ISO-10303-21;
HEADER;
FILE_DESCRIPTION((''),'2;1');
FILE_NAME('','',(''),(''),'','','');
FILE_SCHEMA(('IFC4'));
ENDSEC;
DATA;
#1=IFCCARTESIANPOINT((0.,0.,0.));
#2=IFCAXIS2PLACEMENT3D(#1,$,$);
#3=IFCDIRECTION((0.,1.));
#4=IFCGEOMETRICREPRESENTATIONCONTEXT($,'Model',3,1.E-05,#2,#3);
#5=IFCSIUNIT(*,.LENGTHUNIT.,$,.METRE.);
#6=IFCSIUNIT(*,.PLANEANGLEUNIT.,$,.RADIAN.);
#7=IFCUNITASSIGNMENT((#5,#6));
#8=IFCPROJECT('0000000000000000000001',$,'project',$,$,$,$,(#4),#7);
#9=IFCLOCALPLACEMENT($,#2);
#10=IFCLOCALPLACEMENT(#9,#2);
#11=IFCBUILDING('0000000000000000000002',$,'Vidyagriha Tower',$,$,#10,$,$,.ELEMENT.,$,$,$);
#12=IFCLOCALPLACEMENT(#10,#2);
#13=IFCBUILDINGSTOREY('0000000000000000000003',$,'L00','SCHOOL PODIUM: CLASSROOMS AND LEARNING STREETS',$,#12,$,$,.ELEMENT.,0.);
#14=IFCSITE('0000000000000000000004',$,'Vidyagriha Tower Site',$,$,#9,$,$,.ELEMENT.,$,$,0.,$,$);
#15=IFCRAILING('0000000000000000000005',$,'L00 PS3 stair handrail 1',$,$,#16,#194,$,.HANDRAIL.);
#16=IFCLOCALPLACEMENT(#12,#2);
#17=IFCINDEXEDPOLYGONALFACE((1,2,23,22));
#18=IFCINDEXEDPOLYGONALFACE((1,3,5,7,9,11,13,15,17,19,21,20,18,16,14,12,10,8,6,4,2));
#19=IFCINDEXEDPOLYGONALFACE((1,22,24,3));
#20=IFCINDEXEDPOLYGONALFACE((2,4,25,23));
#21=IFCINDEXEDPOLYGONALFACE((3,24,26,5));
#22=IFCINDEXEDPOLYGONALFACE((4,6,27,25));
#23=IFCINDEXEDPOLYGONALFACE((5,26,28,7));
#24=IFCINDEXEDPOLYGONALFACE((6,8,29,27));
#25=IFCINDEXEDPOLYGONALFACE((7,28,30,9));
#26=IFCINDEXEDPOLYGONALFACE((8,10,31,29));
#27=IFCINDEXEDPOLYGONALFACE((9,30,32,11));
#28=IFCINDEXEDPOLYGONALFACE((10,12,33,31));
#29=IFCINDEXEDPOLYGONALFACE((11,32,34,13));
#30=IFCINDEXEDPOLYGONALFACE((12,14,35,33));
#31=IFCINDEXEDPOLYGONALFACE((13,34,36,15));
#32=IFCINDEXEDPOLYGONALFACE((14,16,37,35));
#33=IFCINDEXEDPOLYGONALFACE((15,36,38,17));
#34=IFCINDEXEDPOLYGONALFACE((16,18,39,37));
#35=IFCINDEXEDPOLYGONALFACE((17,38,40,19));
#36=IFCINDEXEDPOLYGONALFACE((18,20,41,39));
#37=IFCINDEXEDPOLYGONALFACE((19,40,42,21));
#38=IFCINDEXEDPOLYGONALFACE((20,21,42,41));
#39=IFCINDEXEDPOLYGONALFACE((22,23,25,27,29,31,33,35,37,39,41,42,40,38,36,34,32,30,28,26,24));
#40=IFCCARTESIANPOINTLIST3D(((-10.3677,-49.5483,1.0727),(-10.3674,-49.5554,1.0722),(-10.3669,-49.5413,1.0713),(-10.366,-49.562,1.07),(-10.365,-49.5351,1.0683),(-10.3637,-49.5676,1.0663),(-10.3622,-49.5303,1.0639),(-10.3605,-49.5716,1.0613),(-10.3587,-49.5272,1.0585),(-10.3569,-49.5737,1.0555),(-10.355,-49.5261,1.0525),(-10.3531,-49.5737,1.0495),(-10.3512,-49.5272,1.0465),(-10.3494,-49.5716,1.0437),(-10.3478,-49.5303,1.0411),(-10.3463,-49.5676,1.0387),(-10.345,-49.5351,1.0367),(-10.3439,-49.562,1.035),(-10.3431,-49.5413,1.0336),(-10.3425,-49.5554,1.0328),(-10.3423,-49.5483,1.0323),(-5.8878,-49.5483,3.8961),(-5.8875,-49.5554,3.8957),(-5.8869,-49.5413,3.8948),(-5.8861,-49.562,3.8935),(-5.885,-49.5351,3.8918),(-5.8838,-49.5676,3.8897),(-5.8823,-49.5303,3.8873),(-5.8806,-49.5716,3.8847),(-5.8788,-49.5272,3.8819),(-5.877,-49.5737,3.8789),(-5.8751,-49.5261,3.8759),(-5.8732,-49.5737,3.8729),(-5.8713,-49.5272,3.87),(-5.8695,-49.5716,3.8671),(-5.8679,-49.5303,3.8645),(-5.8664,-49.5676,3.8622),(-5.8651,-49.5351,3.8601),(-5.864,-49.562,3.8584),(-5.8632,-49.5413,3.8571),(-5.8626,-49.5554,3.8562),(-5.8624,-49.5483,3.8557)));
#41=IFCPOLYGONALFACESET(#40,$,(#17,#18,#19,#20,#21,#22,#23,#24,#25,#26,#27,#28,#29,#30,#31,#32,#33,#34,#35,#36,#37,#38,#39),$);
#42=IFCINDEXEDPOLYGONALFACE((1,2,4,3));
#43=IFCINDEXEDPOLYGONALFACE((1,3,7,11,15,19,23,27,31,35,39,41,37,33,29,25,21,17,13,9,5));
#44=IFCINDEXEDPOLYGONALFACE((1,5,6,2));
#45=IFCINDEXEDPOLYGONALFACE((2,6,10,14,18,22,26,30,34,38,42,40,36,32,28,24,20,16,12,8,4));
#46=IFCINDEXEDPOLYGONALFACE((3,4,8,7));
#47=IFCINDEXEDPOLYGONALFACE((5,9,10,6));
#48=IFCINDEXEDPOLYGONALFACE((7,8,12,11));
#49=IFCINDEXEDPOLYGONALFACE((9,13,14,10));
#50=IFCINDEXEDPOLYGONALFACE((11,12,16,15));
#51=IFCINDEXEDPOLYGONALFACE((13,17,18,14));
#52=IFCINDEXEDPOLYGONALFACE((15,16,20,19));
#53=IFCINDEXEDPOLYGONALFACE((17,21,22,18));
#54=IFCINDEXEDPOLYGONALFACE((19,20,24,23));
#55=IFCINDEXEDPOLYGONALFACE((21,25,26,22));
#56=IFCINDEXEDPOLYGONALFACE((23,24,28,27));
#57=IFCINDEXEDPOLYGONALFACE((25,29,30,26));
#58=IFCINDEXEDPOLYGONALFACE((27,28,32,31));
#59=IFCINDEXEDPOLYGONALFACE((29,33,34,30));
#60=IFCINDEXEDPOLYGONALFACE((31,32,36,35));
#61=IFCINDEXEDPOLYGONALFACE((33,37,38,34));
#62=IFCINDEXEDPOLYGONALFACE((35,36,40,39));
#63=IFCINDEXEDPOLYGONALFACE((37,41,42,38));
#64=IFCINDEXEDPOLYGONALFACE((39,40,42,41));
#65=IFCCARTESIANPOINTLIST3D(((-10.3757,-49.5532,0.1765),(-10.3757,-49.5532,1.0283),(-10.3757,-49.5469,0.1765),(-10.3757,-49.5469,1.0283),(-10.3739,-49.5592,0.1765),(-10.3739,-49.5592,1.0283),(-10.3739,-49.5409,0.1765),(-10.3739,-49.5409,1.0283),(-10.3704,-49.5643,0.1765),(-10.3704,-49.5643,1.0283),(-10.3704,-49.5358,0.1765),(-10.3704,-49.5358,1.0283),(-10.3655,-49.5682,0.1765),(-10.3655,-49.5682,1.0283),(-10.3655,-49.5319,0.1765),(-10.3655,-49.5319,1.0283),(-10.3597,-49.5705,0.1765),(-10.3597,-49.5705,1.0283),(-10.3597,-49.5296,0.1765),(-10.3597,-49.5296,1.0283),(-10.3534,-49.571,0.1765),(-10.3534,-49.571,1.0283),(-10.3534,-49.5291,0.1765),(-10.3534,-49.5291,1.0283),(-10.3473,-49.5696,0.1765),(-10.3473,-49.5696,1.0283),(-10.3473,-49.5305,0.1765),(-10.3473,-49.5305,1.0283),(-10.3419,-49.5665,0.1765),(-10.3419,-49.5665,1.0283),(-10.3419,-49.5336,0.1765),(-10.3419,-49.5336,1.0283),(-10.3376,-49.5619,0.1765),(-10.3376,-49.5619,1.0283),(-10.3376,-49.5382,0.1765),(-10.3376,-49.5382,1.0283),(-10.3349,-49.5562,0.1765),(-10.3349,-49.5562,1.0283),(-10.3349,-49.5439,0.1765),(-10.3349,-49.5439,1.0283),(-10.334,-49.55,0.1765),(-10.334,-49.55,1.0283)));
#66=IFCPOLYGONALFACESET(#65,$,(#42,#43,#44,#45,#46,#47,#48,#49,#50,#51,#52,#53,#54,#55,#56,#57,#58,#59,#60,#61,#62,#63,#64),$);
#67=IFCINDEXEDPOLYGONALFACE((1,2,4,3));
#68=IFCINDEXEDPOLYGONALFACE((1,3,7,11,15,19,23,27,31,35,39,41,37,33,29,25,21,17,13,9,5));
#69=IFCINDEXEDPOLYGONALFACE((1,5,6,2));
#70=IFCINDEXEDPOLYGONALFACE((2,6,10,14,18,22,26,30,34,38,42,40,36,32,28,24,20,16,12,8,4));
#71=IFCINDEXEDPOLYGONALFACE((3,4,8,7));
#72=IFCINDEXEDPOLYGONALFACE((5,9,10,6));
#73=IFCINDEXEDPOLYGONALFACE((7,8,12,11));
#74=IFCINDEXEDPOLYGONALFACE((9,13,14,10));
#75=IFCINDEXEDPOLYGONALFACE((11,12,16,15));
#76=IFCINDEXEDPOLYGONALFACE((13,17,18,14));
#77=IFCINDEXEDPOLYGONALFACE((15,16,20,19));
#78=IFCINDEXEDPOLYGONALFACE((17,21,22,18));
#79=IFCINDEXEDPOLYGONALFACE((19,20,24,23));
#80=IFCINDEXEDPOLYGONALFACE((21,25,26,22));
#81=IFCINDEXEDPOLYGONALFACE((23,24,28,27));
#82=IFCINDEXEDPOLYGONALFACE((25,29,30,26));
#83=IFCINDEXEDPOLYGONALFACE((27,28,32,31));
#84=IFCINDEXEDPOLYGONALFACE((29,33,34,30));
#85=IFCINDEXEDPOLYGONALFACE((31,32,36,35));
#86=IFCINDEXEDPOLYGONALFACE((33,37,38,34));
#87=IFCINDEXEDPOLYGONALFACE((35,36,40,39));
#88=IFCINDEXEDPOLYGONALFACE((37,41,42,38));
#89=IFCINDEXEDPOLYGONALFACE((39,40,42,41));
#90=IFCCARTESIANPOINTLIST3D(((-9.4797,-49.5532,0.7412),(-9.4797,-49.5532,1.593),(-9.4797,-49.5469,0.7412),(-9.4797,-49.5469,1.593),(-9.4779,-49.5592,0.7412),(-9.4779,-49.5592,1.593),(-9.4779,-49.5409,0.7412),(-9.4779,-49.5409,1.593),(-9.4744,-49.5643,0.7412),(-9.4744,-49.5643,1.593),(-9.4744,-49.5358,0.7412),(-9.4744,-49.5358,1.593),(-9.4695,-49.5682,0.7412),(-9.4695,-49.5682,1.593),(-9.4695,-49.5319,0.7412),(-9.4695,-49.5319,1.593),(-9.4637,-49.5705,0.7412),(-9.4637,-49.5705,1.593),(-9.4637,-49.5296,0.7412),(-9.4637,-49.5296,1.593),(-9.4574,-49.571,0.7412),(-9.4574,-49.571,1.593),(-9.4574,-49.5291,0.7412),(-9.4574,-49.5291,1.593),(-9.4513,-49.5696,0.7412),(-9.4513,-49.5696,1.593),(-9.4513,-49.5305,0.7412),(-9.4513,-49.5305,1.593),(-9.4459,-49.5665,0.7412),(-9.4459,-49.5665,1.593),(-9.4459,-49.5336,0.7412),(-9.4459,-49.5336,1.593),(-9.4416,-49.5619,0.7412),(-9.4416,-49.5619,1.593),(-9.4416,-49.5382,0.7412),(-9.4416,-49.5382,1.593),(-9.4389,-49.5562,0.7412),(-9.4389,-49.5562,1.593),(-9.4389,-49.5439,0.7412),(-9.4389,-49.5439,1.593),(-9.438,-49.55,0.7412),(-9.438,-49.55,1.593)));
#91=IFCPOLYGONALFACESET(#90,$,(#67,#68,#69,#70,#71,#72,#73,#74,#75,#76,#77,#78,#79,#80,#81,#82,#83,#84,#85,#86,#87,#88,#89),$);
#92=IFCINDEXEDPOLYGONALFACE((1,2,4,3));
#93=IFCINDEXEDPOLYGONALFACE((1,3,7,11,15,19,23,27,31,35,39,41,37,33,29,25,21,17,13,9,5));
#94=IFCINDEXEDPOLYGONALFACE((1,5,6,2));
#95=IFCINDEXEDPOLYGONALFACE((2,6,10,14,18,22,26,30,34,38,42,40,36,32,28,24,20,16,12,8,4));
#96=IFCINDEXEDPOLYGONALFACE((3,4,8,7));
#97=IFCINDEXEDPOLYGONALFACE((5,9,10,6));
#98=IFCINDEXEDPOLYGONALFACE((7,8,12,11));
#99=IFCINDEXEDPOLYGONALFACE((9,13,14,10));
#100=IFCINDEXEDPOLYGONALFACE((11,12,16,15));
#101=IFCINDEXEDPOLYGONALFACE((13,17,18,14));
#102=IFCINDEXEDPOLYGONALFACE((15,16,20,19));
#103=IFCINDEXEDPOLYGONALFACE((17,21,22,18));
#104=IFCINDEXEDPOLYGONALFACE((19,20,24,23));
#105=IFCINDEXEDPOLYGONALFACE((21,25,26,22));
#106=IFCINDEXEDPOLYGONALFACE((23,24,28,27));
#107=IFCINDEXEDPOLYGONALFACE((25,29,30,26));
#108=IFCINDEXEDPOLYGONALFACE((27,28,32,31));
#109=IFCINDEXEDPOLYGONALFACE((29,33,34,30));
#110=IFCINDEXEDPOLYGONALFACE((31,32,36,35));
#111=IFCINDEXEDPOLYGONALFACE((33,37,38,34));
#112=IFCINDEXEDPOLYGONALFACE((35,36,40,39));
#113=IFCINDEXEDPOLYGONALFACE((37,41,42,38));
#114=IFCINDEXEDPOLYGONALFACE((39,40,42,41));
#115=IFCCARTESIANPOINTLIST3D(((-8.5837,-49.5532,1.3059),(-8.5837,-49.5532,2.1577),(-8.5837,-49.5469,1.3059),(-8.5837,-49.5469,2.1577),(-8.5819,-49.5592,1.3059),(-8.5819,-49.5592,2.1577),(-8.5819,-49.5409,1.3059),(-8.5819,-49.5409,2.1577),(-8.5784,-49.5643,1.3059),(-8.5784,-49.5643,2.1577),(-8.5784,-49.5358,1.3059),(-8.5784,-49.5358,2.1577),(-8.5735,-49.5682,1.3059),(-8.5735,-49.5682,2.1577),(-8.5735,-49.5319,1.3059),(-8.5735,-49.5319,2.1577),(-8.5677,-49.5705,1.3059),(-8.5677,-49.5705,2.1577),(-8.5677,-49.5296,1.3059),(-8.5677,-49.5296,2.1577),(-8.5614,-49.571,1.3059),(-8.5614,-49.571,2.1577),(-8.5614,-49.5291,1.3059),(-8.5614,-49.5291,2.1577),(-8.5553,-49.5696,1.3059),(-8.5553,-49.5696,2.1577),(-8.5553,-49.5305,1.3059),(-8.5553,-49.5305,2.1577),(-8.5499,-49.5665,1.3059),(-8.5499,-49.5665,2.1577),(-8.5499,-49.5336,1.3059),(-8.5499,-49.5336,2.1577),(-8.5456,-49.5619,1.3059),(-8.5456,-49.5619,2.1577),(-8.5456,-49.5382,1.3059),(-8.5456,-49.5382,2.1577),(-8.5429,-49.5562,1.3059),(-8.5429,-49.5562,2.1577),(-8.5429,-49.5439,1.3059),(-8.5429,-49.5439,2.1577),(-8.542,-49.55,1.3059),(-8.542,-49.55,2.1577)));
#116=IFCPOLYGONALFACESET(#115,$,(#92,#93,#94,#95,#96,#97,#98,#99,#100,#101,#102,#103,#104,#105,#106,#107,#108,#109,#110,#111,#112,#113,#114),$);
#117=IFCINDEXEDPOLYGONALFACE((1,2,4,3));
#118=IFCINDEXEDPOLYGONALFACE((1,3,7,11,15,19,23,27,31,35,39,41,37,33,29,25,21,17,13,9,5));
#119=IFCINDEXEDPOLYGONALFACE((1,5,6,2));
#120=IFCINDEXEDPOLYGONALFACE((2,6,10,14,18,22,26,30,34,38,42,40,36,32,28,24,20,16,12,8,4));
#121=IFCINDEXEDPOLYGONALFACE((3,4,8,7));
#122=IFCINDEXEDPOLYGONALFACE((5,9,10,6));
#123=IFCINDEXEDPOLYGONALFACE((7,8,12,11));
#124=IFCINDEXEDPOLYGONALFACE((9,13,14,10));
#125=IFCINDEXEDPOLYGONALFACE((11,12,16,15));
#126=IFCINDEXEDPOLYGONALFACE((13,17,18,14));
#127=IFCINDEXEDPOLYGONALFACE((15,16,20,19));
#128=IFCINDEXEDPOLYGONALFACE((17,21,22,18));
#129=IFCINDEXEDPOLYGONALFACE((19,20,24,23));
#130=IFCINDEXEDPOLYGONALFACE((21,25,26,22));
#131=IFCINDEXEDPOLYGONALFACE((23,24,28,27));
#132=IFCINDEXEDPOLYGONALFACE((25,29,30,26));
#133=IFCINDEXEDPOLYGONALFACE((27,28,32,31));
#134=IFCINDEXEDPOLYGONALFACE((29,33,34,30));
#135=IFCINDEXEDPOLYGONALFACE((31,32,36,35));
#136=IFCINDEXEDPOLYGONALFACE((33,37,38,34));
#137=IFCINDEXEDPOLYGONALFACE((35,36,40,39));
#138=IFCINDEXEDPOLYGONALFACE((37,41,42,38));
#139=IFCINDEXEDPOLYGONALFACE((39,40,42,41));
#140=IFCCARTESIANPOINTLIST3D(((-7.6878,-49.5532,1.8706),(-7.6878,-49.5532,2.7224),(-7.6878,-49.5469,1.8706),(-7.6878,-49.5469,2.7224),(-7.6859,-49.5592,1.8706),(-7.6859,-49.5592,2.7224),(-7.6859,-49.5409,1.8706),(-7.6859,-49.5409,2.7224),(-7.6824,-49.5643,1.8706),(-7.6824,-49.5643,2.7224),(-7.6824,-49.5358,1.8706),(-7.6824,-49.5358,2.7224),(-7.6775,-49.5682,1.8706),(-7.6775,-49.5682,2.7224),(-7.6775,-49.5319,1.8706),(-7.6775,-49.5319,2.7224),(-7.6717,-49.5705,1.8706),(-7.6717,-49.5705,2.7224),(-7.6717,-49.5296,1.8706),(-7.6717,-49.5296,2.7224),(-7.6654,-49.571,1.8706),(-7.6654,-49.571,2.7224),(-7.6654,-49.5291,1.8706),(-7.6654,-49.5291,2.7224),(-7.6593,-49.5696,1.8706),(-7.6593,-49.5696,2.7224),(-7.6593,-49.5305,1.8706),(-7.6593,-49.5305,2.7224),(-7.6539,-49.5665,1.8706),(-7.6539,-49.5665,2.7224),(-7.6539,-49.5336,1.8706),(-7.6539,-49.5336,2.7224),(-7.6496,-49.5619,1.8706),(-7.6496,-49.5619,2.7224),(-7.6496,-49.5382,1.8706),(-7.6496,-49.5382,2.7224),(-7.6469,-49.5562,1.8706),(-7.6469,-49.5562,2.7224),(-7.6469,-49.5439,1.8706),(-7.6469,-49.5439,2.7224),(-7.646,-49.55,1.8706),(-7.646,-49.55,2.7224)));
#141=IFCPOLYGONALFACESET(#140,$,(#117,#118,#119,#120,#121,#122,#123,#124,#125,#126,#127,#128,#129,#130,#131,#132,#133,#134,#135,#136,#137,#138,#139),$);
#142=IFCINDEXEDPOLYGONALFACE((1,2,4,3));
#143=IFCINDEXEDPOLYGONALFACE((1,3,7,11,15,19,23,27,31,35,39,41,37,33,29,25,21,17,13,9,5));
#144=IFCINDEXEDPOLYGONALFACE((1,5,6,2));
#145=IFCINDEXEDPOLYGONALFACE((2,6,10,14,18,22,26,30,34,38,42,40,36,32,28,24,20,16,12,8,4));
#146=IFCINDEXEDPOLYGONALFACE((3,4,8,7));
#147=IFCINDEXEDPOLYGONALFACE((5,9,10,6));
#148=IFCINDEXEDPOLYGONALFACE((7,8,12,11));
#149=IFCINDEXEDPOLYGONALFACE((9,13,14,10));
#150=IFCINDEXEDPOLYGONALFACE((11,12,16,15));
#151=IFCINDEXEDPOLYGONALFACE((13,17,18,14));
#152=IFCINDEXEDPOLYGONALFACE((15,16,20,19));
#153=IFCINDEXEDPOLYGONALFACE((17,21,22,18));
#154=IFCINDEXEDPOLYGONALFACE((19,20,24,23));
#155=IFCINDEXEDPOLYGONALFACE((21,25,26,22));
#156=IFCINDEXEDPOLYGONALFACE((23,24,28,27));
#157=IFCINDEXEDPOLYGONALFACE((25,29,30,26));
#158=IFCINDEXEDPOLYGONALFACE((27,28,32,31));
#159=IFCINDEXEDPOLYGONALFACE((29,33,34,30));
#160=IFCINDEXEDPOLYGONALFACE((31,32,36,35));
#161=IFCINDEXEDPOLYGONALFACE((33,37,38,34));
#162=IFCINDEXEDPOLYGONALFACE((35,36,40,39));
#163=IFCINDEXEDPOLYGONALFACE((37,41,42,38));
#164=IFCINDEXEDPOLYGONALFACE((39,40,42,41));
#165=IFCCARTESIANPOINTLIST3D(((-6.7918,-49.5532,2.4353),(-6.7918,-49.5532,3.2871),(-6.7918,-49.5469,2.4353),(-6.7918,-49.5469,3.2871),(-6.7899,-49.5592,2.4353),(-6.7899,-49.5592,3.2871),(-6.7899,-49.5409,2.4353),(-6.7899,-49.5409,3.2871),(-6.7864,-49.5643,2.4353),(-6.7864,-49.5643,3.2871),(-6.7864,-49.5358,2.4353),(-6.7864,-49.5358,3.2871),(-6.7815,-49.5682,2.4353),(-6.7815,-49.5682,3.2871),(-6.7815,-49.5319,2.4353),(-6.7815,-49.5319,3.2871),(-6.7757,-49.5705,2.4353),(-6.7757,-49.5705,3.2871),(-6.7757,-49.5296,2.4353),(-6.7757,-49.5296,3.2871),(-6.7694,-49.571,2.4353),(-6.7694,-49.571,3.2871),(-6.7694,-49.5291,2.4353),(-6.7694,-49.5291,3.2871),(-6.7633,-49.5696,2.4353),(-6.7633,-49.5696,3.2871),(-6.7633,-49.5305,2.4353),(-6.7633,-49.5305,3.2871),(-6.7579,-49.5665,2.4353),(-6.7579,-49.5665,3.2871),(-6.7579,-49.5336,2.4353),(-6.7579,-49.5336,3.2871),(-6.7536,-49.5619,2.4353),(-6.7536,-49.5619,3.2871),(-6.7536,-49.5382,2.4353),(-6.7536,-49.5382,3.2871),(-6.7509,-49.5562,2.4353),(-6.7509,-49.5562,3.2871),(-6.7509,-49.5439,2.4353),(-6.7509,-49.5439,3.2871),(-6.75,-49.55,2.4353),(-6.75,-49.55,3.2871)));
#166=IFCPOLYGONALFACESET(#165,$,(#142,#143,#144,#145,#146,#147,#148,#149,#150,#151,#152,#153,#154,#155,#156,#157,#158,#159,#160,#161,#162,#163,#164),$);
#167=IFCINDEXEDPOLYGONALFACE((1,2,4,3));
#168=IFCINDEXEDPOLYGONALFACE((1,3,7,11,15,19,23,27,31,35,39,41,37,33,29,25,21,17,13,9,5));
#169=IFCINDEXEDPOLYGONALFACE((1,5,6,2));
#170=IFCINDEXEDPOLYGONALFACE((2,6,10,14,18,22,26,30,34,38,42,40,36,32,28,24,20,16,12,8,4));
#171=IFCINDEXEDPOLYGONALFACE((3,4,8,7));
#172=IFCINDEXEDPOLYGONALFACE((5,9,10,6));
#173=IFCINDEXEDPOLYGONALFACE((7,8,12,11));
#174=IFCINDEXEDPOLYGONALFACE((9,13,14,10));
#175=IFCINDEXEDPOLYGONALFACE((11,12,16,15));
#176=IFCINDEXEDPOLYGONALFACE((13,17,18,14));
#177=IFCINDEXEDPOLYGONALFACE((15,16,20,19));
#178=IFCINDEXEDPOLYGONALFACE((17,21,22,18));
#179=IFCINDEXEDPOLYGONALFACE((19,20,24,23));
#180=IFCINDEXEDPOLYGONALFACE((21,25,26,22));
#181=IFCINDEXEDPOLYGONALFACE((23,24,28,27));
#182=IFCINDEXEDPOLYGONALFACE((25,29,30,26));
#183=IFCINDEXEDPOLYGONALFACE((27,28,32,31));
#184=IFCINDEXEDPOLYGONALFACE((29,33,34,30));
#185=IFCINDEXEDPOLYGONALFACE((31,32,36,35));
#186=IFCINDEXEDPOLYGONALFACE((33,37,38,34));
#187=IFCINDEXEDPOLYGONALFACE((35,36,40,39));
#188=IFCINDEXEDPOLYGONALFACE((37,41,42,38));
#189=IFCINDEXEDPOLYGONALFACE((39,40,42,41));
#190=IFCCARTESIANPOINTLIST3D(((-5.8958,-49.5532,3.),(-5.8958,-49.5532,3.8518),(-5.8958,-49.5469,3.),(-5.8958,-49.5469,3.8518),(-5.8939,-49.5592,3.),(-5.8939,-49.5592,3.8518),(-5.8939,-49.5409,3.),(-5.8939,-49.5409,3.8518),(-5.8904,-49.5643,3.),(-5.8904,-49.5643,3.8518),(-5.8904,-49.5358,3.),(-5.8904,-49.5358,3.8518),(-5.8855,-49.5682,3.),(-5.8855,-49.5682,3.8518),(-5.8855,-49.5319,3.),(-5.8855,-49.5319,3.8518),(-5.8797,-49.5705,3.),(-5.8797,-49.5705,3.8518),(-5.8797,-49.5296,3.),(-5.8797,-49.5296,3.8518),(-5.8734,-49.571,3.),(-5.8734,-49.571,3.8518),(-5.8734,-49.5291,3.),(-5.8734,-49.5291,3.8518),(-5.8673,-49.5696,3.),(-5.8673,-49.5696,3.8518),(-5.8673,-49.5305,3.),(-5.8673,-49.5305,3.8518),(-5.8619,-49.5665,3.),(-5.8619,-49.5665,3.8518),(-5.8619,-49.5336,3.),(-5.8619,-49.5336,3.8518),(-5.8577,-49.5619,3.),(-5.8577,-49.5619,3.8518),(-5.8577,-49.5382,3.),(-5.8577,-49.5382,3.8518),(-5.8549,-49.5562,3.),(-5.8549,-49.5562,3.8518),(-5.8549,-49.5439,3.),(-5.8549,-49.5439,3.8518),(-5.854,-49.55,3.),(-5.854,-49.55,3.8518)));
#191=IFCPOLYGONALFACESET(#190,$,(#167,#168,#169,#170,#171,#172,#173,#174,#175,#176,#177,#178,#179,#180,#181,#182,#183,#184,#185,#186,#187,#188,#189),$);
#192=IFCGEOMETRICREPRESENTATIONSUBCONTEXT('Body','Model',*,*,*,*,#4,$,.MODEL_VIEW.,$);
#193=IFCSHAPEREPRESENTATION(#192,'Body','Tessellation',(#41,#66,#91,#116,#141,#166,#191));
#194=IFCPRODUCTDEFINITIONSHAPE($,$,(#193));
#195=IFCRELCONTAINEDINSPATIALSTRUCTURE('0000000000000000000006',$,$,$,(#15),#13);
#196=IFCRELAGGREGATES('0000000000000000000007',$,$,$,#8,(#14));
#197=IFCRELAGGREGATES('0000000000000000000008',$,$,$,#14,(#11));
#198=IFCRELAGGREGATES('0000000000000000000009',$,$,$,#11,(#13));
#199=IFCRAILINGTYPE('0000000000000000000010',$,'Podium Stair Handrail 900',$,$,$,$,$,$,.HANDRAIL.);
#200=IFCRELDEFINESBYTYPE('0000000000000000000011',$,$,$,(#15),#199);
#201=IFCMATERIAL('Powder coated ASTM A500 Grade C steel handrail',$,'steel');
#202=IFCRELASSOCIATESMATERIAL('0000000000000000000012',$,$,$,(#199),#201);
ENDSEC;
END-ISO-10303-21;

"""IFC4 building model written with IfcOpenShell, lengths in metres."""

from ifc_helpers import new_model, si_unit, direction, frame, origin, origin_2d, place, context, subcontext, project, spatial, circle, extrude, material, type_object, element, save


model = new_model("IFC4")

# Units and contexts
model_context = context("Model", 3, precision=1e-05, world=origin(), true_north=direction((0.0, 1.0)))
body_context = subcontext(model_context, "Body", "Model", "MODEL_VIEW")
ifc_project = project(units=[si_unit("LENGTHUNIT", "METRE"), si_unit("PLANEANGLEUNIT", "RADIAN")], contexts=[model_context])

# Site, building, storey
site_placement = place(None, origin())
site = spatial("IfcSite", under=ifc_project, at=site_placement, Name="Vidyagriha Tower Site", CompositionType="ELEMENT", RefElevation=0.0)
building_placement = place(site_placement, origin())
building = spatial("IfcBuilding", under=site, at=building_placement, Name="Vidyagriha Tower", CompositionType="ELEMENT")
storey_placement = place(building_placement, origin())
storey = spatial("IfcBuildingStorey", under=building, at=storey_placement, Name="L00", Description="SCHOOL PODIUM: CLASSROOMS AND LEARNING STREETS", CompositionType="ELEMENT", Elevation=0.0)

# Railing
ifc_material_1 = material(Name="Powder coated ASTM A500 Grade C steel handrail", Category="steel")
railing_type_1 = type_object("IfcRailingType", Name="Podium Stair Handrail 900", PredefinedType="HANDRAIL", material=ifc_material_1)
railing_1_placement = place(storey_placement, frame((-10.355, -49.55, 0.1765)))
element("IfcRailing", 1, at=railing_1_placement, inside=storey, type_object=railing_type_1, Name="L00 PS3 stair handrail 1", PredefinedType="HANDRAIL", context=body_context, shape_type="SweptSolid", body=[
    extrude(circle(Radius=0.0239, at=origin_2d()), frame((0.0, 0.0, 0.876), z_axis=(0.845998, 0.0, 0.533186), x_axis=(0.0, 1.0, 0.0)), (0.0, 0.0, 1.0), 5.2954),
    extrude(circle(Radius=0.021, at=origin_2d()), origin(), (0.0, 0.0, 1.0), 0.8518),
    extrude(circle(Radius=0.021, at=origin_2d()), frame((0.896, 0.0, 0.5647)), (0.0, 0.0, 1.0), 0.8518),
    extrude(circle(Radius=0.021, at=origin_2d()), frame((1.792, 0.0, 1.1294)), (0.0, 0.0, 1.0), 0.8518),
    extrude(circle(Radius=0.021, at=origin_2d()), frame((2.688, 0.0, 1.6941)), (0.0, 0.0, 1.0), 0.8518),
    extrude(circle(Radius=0.021, at=origin_2d()), frame((3.584, 0.0, 2.2588)), (0.0, 0.0, 1.0), 0.8518),
    extrude(circle(Radius=0.021, at=origin_2d()), frame((4.48, 0.0, 2.8235)), (0.0, 0.0, 1.0), 0.8518),
])

save(model, "model.ifc")
